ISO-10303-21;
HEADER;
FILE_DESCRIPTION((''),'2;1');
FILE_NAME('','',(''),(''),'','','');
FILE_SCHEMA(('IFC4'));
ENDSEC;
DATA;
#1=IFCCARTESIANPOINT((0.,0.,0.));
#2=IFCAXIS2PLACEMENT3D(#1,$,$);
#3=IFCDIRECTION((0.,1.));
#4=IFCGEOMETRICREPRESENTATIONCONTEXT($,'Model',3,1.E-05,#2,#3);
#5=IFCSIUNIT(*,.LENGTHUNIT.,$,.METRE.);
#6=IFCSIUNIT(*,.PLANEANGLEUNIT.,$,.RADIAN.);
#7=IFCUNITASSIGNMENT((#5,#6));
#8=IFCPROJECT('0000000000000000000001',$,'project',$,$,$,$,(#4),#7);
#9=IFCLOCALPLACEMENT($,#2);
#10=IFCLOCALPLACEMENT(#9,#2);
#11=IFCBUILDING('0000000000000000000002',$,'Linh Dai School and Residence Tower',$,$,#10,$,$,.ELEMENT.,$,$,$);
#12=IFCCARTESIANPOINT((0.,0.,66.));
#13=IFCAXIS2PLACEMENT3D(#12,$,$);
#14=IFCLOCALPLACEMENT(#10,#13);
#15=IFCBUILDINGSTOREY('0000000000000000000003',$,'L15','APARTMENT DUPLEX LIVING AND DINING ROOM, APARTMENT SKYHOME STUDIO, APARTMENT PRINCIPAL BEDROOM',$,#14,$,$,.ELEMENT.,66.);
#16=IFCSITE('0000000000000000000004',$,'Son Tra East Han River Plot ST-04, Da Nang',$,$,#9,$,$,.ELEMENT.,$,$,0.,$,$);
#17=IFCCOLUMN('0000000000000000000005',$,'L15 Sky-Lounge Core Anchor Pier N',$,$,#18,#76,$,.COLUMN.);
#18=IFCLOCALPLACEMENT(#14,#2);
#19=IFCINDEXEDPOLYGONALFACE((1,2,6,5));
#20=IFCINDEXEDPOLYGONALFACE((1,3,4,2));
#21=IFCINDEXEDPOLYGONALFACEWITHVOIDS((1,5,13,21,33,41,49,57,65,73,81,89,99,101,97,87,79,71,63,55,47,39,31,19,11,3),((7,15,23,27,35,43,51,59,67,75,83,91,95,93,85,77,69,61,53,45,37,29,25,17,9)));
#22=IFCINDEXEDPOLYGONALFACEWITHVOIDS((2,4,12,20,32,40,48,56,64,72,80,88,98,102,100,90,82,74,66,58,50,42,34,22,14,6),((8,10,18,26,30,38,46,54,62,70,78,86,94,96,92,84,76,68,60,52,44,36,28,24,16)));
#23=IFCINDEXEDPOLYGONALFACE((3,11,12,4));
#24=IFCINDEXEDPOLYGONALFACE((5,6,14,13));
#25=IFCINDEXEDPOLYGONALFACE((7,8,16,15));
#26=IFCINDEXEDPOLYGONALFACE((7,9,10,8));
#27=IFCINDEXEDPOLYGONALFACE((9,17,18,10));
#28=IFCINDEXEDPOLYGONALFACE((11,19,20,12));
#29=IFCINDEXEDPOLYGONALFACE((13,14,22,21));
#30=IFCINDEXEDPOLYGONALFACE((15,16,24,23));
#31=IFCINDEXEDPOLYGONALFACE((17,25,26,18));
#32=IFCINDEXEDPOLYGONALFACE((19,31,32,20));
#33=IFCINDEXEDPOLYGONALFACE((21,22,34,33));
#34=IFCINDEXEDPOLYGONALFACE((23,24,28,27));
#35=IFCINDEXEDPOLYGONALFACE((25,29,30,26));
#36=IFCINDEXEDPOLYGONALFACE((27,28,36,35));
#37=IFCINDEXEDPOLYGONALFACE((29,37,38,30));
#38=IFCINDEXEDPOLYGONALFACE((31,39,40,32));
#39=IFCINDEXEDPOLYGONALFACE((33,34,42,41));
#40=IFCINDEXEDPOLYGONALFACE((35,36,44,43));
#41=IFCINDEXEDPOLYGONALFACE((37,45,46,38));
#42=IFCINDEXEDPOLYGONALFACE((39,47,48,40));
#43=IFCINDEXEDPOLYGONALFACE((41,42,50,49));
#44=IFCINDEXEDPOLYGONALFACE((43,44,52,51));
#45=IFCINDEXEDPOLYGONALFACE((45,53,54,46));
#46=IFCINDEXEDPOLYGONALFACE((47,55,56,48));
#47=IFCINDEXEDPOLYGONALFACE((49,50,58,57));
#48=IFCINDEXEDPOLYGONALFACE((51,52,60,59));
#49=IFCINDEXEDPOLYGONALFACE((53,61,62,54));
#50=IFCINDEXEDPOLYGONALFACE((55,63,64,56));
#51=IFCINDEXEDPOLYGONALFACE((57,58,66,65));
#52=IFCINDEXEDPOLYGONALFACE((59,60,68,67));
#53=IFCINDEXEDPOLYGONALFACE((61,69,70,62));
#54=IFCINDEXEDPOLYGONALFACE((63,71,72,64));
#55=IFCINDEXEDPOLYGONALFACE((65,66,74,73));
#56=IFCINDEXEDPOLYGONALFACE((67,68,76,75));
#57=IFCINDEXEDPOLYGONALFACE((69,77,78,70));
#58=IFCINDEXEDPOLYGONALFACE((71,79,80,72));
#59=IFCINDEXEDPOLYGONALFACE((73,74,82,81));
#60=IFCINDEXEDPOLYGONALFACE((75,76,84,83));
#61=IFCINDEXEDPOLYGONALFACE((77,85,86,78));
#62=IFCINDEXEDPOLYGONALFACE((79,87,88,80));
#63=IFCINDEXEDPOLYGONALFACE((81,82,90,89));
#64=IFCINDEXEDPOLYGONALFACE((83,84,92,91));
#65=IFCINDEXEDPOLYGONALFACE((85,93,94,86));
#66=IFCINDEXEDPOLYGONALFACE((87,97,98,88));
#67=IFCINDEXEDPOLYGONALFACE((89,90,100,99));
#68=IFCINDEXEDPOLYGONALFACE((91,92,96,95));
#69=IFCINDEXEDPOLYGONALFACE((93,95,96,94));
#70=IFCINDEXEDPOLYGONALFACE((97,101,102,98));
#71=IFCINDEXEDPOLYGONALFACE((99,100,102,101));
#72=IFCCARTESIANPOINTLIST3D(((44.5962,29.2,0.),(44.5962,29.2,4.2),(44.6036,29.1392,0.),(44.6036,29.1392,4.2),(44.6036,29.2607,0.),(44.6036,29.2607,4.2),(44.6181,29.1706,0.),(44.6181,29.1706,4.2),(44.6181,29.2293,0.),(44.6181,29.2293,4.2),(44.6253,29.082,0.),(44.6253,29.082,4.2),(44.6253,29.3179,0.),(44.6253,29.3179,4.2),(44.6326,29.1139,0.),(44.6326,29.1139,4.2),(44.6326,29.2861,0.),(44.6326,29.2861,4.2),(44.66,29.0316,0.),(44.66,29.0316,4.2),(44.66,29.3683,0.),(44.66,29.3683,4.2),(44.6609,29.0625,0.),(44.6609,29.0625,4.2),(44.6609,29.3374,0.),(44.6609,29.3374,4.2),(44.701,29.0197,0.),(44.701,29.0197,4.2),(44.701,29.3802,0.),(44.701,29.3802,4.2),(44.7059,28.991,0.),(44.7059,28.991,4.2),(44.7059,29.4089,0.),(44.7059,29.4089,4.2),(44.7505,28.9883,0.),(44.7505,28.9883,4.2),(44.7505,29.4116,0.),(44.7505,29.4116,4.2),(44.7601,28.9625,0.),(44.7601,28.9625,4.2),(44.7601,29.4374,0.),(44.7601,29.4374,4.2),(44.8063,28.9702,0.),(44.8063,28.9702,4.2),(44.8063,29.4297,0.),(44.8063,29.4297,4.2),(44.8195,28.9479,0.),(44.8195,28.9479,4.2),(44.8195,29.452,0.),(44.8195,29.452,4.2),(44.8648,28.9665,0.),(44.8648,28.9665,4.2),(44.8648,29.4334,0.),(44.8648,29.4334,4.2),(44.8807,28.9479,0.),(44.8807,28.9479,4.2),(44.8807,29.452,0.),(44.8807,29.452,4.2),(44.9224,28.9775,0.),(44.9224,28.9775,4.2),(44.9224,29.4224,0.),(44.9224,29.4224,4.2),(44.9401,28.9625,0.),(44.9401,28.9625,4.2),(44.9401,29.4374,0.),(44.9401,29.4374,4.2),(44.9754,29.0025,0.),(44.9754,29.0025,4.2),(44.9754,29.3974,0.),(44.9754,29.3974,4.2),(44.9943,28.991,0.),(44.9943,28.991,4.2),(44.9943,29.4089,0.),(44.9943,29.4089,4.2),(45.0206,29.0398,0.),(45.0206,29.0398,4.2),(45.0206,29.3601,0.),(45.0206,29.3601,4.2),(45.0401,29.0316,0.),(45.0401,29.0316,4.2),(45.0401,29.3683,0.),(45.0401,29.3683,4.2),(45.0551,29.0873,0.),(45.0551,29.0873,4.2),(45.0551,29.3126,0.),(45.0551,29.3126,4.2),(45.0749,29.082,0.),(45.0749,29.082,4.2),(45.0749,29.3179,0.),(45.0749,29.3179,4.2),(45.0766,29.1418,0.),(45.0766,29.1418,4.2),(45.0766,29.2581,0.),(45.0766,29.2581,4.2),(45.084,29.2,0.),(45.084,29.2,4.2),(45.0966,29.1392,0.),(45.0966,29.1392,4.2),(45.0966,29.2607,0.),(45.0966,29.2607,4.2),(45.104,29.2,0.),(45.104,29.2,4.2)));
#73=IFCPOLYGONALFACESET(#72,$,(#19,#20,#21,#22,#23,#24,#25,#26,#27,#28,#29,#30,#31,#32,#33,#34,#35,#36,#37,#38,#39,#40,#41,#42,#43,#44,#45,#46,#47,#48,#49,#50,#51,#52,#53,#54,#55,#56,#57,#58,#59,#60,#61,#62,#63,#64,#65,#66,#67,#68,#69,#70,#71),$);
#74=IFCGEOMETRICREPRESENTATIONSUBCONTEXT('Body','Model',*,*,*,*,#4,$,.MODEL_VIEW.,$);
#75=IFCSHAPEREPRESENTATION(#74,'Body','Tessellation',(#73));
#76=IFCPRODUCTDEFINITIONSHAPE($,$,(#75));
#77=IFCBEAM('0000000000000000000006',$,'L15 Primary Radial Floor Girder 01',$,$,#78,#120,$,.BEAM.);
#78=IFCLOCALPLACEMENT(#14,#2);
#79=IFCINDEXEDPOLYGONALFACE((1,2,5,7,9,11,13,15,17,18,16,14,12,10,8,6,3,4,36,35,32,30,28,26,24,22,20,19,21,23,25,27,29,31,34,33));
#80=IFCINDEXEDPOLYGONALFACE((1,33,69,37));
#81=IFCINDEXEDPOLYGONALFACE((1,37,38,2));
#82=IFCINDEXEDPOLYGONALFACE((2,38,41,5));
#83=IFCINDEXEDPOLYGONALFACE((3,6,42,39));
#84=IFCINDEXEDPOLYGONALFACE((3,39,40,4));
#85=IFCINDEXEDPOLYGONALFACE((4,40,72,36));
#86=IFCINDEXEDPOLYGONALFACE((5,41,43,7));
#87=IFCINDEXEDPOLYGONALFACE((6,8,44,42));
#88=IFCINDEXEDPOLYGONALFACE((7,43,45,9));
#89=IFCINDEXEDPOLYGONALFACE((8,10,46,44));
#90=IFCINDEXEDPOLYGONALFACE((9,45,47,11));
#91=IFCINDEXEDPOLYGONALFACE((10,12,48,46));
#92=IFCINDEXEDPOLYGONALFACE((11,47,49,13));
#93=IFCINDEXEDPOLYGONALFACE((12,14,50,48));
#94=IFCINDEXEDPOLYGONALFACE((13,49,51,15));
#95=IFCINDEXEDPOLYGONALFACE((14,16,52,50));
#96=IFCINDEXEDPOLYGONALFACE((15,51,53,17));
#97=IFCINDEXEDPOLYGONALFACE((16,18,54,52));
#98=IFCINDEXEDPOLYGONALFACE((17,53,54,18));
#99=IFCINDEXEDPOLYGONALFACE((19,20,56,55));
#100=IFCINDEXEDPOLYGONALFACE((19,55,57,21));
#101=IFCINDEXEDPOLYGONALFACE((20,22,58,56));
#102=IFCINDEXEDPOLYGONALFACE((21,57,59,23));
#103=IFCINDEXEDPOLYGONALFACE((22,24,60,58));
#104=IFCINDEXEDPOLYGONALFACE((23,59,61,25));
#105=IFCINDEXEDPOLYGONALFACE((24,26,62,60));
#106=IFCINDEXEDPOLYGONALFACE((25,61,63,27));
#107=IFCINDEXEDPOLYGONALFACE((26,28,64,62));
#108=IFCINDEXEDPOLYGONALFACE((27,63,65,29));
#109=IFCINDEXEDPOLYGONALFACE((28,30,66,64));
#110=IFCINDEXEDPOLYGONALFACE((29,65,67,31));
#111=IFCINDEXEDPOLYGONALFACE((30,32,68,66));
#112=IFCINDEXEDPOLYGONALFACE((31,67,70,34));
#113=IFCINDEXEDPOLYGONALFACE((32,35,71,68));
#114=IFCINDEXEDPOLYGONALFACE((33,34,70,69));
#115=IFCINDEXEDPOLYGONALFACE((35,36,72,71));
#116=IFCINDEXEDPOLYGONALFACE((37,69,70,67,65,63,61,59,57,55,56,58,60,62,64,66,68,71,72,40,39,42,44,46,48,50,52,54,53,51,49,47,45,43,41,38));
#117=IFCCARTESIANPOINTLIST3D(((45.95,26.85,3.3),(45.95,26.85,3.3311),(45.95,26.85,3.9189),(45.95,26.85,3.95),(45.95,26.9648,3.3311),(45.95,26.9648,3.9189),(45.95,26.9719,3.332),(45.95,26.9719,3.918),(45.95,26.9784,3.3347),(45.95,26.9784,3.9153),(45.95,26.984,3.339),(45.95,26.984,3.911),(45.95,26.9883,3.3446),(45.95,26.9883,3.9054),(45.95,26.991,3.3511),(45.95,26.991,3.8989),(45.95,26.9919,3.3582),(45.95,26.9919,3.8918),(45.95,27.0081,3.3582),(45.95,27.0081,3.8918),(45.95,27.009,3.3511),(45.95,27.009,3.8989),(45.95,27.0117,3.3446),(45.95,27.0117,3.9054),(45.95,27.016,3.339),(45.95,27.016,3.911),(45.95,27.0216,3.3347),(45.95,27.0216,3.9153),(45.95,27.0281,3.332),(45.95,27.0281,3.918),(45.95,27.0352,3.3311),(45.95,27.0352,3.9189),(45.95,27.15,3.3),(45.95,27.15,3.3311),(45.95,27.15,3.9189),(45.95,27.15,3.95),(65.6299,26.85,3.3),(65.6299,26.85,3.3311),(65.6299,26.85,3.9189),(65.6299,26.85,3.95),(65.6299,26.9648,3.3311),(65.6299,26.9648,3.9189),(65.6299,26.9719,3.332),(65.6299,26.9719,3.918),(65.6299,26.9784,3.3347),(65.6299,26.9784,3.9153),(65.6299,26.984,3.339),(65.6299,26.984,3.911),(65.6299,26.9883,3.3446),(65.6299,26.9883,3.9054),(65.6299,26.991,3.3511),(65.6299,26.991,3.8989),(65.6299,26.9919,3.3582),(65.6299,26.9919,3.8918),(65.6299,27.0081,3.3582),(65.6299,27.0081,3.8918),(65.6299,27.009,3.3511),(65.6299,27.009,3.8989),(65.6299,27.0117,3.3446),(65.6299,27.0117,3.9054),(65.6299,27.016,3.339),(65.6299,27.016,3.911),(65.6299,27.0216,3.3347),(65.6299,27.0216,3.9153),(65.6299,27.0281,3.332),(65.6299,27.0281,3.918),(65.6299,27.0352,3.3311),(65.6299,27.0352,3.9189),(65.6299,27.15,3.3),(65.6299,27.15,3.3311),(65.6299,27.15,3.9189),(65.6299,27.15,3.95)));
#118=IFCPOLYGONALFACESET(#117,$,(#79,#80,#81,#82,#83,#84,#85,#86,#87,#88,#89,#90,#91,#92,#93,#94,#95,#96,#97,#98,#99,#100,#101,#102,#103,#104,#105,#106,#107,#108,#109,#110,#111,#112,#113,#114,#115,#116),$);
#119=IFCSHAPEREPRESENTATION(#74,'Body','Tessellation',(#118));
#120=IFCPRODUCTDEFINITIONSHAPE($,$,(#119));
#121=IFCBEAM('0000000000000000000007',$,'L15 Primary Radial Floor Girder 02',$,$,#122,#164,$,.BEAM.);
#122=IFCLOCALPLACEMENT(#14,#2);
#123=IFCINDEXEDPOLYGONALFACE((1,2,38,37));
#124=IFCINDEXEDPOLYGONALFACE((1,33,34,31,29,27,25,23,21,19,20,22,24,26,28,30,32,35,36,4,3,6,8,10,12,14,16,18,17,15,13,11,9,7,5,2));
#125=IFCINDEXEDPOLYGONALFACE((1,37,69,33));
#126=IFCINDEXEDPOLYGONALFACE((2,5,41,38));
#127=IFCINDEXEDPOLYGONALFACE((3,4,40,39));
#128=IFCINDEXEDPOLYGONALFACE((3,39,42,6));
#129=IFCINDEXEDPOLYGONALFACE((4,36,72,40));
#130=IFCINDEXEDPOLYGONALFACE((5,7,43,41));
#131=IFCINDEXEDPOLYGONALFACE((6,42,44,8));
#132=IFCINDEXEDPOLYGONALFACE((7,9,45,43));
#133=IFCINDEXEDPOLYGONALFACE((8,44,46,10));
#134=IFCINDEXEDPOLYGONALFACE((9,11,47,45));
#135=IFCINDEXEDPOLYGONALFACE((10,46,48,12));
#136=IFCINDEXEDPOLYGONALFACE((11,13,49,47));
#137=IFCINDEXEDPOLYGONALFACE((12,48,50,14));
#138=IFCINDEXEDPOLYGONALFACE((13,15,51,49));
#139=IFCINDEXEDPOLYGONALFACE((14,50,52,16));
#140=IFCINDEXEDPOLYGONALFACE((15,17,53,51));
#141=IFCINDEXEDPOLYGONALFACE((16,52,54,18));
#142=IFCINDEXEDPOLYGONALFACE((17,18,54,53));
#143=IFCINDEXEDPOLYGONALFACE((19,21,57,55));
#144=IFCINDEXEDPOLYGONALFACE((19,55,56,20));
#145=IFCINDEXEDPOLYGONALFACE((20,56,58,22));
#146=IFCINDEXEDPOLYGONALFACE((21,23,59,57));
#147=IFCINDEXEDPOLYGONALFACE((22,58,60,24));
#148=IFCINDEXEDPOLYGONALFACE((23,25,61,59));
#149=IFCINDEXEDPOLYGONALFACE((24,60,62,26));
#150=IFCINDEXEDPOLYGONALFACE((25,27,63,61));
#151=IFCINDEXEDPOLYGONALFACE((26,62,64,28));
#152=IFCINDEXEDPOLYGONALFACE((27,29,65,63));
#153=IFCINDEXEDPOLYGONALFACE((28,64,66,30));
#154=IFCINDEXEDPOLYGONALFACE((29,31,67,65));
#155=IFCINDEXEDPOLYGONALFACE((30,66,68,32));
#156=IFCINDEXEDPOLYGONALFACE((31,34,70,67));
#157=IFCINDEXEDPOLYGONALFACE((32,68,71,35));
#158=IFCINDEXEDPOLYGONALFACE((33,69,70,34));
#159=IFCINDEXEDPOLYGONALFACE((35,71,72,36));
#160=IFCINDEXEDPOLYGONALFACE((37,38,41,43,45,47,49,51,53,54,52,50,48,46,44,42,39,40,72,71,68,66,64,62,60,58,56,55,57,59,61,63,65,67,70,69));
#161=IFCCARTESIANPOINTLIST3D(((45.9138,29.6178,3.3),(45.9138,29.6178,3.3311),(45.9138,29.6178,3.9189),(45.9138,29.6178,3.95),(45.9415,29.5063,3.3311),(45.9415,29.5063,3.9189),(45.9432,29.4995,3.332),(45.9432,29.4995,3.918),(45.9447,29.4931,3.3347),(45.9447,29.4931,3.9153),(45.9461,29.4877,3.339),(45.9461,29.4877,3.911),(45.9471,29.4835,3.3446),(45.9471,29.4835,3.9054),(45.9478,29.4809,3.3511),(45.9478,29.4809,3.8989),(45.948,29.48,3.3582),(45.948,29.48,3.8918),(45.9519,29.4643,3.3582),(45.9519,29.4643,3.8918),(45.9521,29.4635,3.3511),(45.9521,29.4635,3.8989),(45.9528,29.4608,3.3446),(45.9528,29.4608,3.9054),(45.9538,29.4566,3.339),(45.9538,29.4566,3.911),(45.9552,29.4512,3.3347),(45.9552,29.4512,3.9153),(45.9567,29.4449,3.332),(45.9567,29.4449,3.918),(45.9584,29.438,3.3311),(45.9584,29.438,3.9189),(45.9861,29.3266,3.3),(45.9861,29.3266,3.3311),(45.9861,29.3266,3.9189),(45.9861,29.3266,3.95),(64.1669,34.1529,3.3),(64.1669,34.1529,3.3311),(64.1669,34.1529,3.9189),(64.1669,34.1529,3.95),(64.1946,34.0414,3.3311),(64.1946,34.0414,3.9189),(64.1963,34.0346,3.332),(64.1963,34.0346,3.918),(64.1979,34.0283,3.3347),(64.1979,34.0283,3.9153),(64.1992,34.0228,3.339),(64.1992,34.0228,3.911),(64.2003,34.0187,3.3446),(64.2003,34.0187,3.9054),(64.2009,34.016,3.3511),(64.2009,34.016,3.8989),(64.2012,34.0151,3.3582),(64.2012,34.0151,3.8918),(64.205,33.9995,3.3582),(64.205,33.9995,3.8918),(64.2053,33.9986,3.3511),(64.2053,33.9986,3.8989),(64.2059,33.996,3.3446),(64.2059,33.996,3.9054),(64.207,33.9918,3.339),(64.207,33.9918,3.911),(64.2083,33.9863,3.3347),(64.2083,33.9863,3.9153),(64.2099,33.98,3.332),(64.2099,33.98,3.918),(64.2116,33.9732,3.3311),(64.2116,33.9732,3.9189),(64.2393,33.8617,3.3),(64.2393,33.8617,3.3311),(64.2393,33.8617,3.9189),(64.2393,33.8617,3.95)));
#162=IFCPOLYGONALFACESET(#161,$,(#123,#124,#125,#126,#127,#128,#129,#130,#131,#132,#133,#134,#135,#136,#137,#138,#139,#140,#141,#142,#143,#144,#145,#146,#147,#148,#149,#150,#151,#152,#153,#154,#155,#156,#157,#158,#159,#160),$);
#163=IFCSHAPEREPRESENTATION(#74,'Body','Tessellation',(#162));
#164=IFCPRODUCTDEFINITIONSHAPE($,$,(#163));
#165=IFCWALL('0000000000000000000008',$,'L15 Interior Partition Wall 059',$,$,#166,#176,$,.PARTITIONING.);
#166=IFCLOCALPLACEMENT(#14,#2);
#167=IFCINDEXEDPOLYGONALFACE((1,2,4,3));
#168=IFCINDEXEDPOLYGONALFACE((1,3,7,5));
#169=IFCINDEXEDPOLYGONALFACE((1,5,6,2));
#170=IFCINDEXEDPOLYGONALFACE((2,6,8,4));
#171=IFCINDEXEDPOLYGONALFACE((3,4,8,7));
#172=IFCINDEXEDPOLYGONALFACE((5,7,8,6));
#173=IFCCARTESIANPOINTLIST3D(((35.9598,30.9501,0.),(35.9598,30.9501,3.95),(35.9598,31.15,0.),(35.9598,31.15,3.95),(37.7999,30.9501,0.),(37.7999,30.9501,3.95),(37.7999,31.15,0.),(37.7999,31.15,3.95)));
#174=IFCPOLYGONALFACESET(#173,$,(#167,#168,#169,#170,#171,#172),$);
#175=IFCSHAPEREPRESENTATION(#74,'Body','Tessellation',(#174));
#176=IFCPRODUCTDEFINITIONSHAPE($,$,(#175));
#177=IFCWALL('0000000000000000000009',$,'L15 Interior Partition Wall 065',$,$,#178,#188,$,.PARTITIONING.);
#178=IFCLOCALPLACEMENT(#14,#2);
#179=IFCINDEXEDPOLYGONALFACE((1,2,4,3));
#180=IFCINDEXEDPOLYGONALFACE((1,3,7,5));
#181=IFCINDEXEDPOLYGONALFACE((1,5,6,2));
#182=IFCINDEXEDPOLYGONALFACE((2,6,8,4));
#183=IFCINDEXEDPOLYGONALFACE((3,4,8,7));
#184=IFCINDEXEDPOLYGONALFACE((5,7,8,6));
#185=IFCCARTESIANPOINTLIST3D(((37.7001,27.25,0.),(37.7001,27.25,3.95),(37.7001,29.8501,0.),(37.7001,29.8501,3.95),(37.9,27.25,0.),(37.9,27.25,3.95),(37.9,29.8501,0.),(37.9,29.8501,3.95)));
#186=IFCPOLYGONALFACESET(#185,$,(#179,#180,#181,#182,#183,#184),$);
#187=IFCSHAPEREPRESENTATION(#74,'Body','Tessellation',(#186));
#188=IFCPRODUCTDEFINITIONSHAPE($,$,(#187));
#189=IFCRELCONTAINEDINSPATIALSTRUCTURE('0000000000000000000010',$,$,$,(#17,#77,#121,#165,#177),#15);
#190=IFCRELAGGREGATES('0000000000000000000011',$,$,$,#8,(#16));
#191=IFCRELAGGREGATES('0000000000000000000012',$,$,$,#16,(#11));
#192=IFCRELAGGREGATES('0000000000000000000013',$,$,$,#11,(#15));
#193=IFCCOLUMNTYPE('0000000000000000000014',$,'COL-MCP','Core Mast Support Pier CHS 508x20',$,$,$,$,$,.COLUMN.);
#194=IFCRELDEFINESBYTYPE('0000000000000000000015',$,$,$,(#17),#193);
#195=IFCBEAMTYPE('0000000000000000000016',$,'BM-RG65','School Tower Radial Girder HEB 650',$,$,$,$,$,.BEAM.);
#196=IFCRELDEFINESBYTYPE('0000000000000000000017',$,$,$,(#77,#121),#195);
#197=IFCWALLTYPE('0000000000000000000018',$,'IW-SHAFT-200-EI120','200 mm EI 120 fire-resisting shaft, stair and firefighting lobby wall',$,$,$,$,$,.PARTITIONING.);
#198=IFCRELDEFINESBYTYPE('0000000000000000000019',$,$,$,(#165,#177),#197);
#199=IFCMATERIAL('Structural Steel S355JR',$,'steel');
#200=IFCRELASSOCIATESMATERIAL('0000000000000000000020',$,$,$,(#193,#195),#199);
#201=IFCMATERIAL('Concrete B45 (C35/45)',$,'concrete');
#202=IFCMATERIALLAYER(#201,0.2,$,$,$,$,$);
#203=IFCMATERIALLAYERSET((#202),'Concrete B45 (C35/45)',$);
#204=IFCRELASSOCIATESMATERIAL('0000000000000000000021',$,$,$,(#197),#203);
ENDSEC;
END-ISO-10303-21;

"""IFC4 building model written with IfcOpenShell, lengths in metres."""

from ifc_helpers import new_model, si_unit, direction, frame, frame_2d, origin, origin_2d, place, context, subcontext, project, spatial, rectangle, hollow_circle, i_section, extrude, material, layer, layer_set, material_profile, profile_set, type_object, element, save


model = new_model("IFC4")

# Units and contexts
model_context = context("Model", 3, precision=1e-05, world=origin(), true_north=direction((0.0, 1.0)))
body_context = subcontext(model_context, "Body", "Model", "MODEL_VIEW")
ifc_project = project(units=[si_unit("LENGTHUNIT", "METRE"), si_unit("PLANEANGLEUNIT", "RADIAN")], contexts=[model_context])

# Site, building, storey
site_placement = place(None, origin())
site = spatial("IfcSite", under=ifc_project, at=site_placement, Name="Son Tra East Han River Plot ST-04, Da Nang", CompositionType="ELEMENT", RefElevation=0.0)
building_placement = place(site_placement, origin())
building = spatial("IfcBuilding", under=site, at=building_placement, Name="Linh Dai School and Residence Tower", CompositionType="ELEMENT")
storey_placement = place(building_placement, frame((0.0, 0.0, 66.0)))
storey = spatial("IfcBuildingStorey", under=building, at=storey_placement, Name="L15", Description="APARTMENT DUPLEX LIVING AND DINING ROOM, APARTMENT SKYHOME STUDIO, APARTMENT PRINCIPAL BEDROOM", CompositionType="ELEMENT", Elevation=66.0)

# Column
ifc_material_1 = material(Name="Structural Steel S355JR", Category="steel")
ifc_material_profile_1 = material_profile(ifc_material_1, hollow_circle(Radius=0.2539, WallThickness=0.02, at=origin_2d()), Name="CHS 508x20")
ifc_profile_set_1 = profile_set([ifc_material_profile_1], Name="Structural Steel S355JR")
column_type_1 = type_object("IfcColumnType", Name="COL-MCP", Description="Core Mast Support Pier CHS 508x20", PredefinedType="COLUMN", material=ifc_profile_set_1)
column_placement = place(storey_placement, frame((44.8501, 29.2, 0.0), z_axis=(0.0, 0.0, 1.0), x_axis=(1.0, 0.0, 0.0)))
element("IfcColumn", 1, at=column_placement, inside=storey, type_object=column_type_1, Name="L15 Sky-Lounge Core Anchor Pier N", PredefinedType="COLUMN", context=body_context, shape_type="SweptSolid", body=[
    extrude(hollow_circle(Radius=0.2539, WallThickness=0.02, at=origin_2d()), origin(), (0.0, 0.0, 1.0), 4.2),
])

# Beams
ifc_material_profile_2 = material_profile(ifc_material_1, i_section(OverallWidth=0.3, OverallDepth=0.6499, WebThickness=0.0161, FlangeThickness=0.031, FilletRadius=0.0271, at=origin_2d()), Name="HEB 650")
ifc_profile_set_2 = profile_set([ifc_material_profile_2], Name="Structural Steel S355JR")
beam_type = type_object("IfcBeamType", Name="BM-RG65", Description="School Tower Radial Girder HEB 650", PredefinedType="BEAM", material=ifc_profile_set_2)
beam_1_placement = place(storey_placement, frame((45.95, 27.0, 3.625), z_axis=(1.0, 0.0, 0.0), x_axis=(0.0, 1.0, 0.0)))
element("IfcBeam", 2, at=beam_1_placement, inside=storey, type_object=beam_type, Name="L15 Primary Radial Floor Girder 01", PredefinedType="BEAM", context=body_context, shape_type="SweptSolid", body=[
    extrude(i_section(OverallWidth=0.3, OverallDepth=0.6499, WebThickness=0.0161, FlangeThickness=0.031, FilletRadius=0.0271, at=origin_2d()), origin(), (0.0, 0.0, 1.0), 19.6799),
])
beam_2_placement = place(storey_placement, frame((45.95, 29.4722, 3.625), z_axis=(0.970493, 0.241127, 0.0), x_axis=(-0.241127, 0.970493, 0.0)))
element("IfcBeam", 3, at=beam_2_placement, inside=storey, type_object=beam_type, Name="L15 Primary Radial Floor Girder 02", PredefinedType="BEAM", context=body_context, shape_type="SweptSolid", body=[
    extrude(i_section(OverallWidth=0.3, OverallDepth=0.6499, WebThickness=0.0161, FlangeThickness=0.031, FilletRadius=0.0271, at=origin_2d()), origin(), (0.0, 0.0, 1.0), 18.8081),
])

# Shared definitions
ifc_material_2 = material(Name="Concrete B45 (C35/45)", Category="concrete")
ifc_layer_1 = layer(ifc_material_2, 0.2)
ifc_layer_set_1 = layer_set([ifc_layer_1], Name="Concrete B45 (C35/45)")
wall_type_1 = type_object("IfcWallType", Name="IW-SHAFT-200-EI120", Description="200 mm EI 120 fire-resisting shaft, stair and firefighting lobby wall", PredefinedType="PARTITIONING", material=ifc_layer_set_1)

# Walls
wall_1_placement = place(storey_placement, frame((35.96, 31.05, 0.0), z_axis=(0.0, 0.0, 1.0), x_axis=(1.0, 0.0, 0.0)))
element("IfcWall", 4, at=wall_1_placement, inside=storey, type_object=wall_type_1, Name="L15 Interior Partition Wall 059", PredefinedType="PARTITIONING", context=body_context, shape_type="SweptSolid", body=[
    extrude(rectangle(XDim=1.8401, YDim=0.2, at=frame_2d((0.9199, 0.0))), origin(), (0.0, 0.0, 1.0), 3.95),
])
wall_2_placement = place(storey_placement, frame((37.8, 27.25, 0.0), z_axis=(0.0, 0.0, 1.0), x_axis=(0.0, 1.0, 0.0)))
element("IfcWall", 5, at=wall_2_placement, inside=storey, type_object=wall_type_1, Name="L15 Interior Partition Wall 065", PredefinedType="PARTITIONING", context=body_context, shape_type="SweptSolid", body=[
    extrude(rectangle(XDim=2.6001, YDim=0.2, at=frame_2d((1.3, 0.0))), origin(), (0.0, 0.0, 1.0), 3.95),
])

save(model, "model.ifc")
